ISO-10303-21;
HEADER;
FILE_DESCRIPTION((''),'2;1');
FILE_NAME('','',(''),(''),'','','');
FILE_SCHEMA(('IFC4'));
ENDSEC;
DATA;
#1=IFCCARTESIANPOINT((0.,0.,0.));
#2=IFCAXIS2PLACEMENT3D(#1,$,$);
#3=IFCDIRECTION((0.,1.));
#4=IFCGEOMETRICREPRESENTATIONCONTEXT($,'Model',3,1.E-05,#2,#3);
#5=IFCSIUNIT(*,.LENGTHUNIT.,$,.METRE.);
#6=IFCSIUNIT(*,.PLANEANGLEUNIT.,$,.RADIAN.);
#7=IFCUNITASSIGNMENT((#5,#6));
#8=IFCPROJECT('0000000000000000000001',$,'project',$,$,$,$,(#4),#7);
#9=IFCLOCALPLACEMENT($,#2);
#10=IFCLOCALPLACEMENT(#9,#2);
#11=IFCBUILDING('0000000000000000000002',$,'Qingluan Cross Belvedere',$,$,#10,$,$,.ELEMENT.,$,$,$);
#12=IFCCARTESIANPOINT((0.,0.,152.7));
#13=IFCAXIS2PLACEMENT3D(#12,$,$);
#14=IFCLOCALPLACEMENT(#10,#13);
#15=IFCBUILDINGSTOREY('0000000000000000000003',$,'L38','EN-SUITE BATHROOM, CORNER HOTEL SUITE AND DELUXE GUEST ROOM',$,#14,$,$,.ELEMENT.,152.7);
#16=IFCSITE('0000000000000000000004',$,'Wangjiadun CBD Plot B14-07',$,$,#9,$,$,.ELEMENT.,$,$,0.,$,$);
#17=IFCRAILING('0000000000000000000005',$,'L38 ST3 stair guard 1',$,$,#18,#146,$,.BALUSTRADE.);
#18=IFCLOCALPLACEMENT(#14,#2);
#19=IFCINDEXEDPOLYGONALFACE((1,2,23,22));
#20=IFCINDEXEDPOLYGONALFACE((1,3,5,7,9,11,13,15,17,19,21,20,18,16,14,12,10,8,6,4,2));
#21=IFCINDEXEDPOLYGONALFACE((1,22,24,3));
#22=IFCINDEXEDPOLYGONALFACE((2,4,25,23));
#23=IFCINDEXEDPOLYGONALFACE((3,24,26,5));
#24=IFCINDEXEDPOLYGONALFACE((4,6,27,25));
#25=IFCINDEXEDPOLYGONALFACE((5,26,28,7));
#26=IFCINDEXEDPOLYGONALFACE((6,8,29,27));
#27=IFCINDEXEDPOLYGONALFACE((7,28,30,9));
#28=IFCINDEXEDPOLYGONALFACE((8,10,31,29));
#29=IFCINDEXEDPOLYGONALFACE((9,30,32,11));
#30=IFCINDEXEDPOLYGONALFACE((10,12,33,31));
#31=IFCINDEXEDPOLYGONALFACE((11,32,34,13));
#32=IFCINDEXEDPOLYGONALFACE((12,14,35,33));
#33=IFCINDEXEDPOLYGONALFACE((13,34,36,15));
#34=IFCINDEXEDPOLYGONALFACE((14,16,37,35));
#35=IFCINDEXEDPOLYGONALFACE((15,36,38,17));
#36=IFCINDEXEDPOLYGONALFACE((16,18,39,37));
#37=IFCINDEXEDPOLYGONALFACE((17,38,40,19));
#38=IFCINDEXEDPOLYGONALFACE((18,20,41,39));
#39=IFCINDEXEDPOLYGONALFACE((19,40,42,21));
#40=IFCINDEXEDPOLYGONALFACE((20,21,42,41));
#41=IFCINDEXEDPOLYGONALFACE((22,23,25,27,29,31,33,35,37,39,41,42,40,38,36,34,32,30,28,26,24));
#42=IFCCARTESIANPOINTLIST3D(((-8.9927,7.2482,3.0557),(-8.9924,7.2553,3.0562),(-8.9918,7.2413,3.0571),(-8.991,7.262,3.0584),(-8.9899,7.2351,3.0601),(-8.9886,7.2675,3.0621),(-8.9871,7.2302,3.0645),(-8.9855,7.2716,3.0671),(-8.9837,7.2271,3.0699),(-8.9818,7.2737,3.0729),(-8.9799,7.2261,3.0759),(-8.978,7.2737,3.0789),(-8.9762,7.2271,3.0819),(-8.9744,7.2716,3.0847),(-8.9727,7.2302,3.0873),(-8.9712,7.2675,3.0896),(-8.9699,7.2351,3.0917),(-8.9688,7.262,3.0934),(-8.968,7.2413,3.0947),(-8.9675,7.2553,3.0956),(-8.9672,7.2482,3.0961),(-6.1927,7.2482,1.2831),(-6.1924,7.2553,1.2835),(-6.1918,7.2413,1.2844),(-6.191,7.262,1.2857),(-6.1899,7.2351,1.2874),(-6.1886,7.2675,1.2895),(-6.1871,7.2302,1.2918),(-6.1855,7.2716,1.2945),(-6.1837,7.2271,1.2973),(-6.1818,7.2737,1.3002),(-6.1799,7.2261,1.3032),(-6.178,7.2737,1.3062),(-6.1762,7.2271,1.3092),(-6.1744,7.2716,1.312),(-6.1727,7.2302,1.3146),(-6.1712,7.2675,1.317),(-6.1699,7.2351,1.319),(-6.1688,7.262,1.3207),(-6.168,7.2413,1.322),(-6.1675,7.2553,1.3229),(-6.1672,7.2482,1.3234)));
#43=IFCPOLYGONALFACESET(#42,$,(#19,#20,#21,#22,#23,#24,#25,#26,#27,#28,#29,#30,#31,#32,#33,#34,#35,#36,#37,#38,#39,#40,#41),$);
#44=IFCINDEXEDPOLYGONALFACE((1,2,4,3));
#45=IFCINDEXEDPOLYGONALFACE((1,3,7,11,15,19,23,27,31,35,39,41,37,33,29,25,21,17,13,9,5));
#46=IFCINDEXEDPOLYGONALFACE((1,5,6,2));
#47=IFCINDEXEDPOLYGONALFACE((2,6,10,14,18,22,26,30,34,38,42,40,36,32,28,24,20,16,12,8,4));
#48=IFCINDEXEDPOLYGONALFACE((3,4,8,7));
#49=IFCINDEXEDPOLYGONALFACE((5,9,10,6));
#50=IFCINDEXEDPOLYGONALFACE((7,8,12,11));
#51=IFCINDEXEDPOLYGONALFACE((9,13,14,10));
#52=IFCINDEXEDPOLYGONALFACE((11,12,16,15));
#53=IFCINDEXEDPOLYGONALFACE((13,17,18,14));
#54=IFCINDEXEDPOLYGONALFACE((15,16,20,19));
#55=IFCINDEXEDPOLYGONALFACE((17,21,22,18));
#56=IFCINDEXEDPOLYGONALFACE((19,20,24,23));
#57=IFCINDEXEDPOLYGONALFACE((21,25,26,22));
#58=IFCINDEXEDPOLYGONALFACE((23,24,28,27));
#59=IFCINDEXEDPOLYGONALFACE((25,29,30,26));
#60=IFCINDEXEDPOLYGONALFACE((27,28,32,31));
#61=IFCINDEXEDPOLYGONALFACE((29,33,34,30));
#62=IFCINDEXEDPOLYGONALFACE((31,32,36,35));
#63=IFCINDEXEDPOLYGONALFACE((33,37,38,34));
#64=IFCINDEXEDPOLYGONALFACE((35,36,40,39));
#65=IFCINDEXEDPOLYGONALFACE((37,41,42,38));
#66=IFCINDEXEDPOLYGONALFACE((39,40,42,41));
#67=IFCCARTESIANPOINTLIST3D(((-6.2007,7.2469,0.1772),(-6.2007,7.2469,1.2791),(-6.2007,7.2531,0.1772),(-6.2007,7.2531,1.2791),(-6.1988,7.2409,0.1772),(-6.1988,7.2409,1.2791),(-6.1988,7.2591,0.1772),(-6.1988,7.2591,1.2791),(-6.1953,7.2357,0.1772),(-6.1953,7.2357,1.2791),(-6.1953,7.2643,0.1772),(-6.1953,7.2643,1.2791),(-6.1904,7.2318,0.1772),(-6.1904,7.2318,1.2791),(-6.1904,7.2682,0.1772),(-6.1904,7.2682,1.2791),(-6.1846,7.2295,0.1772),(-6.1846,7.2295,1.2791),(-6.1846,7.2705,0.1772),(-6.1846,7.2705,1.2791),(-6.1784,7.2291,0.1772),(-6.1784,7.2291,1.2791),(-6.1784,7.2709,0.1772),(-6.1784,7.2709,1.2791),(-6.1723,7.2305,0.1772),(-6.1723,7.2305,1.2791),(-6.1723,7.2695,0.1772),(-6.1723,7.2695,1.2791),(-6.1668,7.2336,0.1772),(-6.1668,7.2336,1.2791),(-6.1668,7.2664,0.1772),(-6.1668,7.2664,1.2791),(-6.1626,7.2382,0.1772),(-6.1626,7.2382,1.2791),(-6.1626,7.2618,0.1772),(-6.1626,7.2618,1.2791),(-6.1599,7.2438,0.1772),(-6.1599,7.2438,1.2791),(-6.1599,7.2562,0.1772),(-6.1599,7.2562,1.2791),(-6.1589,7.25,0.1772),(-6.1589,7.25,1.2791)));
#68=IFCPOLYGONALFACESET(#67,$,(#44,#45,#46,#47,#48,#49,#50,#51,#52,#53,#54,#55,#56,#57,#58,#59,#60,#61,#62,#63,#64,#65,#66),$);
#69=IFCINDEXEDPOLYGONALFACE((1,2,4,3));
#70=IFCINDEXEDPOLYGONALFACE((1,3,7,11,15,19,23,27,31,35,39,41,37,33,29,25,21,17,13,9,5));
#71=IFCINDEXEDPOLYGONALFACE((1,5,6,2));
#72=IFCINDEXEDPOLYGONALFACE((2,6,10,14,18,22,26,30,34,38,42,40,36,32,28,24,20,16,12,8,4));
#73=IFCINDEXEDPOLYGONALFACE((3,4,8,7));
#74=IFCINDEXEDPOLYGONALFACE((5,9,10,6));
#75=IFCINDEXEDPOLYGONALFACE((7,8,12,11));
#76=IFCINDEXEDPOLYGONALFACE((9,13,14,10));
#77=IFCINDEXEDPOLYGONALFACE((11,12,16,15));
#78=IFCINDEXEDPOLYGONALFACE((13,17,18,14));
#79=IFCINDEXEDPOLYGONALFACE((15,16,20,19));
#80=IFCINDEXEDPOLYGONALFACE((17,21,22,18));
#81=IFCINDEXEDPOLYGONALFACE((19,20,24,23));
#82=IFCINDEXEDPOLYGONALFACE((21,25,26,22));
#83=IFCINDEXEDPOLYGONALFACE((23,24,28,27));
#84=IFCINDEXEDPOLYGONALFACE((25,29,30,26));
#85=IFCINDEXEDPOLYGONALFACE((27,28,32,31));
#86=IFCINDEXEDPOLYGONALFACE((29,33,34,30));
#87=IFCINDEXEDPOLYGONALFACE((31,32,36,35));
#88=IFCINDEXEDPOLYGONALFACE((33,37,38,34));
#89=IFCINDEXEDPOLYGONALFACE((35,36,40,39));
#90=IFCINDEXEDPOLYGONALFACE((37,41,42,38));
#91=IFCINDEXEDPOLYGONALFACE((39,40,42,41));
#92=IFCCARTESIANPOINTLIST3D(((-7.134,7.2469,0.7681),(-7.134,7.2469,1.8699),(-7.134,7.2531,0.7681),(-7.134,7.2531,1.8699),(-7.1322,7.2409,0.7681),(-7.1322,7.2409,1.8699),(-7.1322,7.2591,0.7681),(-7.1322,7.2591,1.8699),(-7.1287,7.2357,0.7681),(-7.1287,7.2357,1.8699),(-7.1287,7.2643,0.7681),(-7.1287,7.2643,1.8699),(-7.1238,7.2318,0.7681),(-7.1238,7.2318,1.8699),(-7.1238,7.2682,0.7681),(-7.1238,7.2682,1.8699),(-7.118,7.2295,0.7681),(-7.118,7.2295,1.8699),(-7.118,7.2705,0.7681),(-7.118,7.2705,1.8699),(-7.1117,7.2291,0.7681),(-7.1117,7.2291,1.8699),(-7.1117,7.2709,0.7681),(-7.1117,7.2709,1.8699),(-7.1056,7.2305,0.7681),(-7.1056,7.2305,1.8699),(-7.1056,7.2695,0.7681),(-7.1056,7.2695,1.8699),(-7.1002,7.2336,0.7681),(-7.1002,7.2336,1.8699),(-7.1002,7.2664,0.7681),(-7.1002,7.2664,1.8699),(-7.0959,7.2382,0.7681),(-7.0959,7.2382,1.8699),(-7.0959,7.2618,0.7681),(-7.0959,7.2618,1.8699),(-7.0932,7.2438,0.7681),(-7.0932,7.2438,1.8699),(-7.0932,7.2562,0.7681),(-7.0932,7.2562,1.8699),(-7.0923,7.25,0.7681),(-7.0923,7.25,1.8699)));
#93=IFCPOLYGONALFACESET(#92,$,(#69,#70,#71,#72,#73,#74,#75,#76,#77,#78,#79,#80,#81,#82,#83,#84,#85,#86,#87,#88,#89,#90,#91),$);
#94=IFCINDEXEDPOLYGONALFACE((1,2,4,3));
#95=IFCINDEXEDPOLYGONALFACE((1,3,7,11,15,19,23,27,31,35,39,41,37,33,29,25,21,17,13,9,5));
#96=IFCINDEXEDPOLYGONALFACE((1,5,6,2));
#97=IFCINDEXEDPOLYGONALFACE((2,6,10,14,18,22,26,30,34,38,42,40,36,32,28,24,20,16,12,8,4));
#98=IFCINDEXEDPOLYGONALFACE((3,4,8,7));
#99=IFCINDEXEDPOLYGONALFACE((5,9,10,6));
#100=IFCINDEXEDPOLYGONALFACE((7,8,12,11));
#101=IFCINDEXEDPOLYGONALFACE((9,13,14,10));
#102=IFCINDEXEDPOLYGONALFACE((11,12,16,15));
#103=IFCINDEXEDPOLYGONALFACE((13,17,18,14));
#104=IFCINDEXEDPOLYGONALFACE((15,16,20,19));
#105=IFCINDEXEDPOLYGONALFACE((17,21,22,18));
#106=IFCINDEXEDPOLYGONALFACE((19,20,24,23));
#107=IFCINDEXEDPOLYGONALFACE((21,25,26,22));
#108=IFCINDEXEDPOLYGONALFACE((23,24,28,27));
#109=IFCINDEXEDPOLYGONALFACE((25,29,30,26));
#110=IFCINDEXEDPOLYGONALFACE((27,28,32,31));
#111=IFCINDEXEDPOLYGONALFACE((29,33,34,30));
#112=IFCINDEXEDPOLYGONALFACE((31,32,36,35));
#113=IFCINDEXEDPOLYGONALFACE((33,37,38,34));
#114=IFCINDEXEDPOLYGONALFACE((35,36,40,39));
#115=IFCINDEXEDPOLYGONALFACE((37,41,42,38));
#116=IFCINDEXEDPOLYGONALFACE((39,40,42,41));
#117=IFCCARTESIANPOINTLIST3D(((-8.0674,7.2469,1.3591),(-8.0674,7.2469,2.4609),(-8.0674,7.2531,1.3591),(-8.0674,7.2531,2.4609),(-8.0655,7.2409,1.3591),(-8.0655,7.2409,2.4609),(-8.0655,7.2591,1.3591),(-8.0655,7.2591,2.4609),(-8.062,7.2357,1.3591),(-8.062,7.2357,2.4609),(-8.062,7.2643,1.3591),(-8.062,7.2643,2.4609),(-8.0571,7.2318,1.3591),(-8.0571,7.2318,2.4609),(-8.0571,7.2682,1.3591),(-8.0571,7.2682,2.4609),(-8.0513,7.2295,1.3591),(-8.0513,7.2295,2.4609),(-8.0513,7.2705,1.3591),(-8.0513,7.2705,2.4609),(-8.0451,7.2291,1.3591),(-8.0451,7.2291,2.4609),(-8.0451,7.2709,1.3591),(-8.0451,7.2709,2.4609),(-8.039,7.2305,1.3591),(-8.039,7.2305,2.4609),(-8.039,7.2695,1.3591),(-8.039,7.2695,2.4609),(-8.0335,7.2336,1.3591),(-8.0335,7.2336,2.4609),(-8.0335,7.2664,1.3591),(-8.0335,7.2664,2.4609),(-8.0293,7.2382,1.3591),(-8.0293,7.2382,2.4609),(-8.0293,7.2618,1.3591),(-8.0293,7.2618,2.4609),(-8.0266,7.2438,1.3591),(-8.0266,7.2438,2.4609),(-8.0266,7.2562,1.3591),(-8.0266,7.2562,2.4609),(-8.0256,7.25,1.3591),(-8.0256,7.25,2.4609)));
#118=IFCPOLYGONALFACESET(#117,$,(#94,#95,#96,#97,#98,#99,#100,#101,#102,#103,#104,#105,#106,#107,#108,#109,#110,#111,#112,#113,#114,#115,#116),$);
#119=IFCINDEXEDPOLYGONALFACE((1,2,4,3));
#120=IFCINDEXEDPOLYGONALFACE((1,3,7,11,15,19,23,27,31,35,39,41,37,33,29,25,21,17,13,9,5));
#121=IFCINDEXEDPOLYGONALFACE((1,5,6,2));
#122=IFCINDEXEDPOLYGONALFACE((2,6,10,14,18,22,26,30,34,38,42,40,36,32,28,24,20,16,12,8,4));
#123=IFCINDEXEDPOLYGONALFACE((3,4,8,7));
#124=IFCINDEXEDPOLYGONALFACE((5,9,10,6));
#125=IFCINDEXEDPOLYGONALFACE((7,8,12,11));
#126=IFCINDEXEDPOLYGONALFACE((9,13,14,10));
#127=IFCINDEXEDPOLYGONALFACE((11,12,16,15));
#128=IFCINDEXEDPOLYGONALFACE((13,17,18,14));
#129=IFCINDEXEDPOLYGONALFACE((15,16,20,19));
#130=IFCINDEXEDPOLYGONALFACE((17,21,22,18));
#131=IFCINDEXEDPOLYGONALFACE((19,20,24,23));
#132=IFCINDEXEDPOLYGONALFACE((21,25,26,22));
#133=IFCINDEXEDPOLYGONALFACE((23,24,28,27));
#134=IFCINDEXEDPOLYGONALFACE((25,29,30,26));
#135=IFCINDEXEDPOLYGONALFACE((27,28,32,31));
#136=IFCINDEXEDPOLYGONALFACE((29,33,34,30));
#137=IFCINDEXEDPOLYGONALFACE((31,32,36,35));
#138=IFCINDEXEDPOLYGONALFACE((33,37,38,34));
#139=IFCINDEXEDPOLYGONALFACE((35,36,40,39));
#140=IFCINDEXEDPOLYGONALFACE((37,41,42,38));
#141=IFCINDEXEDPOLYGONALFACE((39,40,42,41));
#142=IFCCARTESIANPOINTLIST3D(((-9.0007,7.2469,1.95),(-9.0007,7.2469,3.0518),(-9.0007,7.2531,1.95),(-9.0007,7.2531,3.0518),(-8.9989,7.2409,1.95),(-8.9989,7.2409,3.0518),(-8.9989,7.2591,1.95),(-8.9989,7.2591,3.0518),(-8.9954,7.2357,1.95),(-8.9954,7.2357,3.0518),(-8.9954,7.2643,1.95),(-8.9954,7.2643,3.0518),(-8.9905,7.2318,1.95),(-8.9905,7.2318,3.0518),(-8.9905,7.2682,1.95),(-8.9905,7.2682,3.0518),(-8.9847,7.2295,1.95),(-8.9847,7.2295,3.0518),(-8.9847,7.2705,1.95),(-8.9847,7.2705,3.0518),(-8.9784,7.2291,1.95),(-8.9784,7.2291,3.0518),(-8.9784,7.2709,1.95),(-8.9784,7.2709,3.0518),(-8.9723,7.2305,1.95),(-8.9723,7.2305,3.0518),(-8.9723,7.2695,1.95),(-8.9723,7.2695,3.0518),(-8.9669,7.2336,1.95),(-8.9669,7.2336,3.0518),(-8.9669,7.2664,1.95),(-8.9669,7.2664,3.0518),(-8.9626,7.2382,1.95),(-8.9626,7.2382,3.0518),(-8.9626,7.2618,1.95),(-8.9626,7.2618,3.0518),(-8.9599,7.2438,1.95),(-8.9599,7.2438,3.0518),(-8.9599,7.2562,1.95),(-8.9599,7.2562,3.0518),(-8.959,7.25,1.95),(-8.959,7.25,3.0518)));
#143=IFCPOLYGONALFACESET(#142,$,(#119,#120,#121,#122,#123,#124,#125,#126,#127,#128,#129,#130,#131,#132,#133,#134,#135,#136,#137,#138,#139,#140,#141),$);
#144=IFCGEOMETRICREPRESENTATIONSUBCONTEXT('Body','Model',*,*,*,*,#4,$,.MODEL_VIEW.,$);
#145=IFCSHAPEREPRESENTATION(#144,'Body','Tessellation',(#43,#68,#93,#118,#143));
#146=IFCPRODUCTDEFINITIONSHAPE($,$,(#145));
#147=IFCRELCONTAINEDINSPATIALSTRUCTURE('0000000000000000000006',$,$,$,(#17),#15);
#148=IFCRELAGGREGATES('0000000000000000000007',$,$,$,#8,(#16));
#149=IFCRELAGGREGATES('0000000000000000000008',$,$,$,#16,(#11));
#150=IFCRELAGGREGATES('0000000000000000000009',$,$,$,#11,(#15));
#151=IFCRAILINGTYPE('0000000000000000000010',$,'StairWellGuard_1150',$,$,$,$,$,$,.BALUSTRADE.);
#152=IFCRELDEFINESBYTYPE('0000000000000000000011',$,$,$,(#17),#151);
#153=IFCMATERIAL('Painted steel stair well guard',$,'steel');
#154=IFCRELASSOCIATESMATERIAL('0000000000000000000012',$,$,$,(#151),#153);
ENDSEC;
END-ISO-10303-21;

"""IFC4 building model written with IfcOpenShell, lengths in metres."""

from ifc_helpers import new_model, si_unit, direction, frame, origin, origin_2d, place, context, subcontext, project, spatial, circle, extrude, material, type_object, element, save


model = new_model("IFC4")

# Units and contexts
model_context = context("Model", 3, precision=1e-05, world=origin(), true_north=direction((0.0, 1.0)))
body_context = subcontext(model_context, "Body", "Model", "MODEL_VIEW")
ifc_project = project(units=[si_unit("LENGTHUNIT", "METRE"), si_unit("PLANEANGLEUNIT", "RADIAN")], contexts=[model_context])

# Site, building, storey
site_placement = place(None, origin())
site = spatial("IfcSite", under=ifc_project, at=site_placement, Name="Wangjiadun CBD Plot B14-07", CompositionType="ELEMENT", RefElevation=0.0)
building_placement = place(site_placement, origin())
building = spatial("IfcBuilding", under=site, at=building_placement, Name="Qingluan Cross Belvedere", CompositionType="ELEMENT")
storey_placement = place(building_placement, frame((0.0, 0.0, 152.7)))
storey = spatial("IfcBuildingStorey", under=building, at=storey_placement, Name="L38", Description="EN-SUITE BATHROOM, CORNER HOTEL SUITE AND DELUXE GUEST ROOM", CompositionType="ELEMENT", Elevation=152.7)

# Railing
ifc_material_1 = material(Name="Painted steel stair well guard", Category="steel")
railing_type_1 = type_object("IfcRailingType", Name="StairWellGuard_1150", PredefinedType="BALUSTRADE", material=ifc_material_1)
railing_1_placement = place(storey_placement, frame((-6.1799, 7.25, 0.1772)))
element("IfcRailing", 1, at=railing_1_placement, inside=storey, type_object=railing_type_1, Name="L38 ST3 stair guard 1", PredefinedType="BALUSTRADE", context=body_context, shape_type="SweptSolid", body=[
    extrude(circle(Radius=0.0239, at=origin_2d()), frame((0.0, 0.0, 1.126), z_axis=(-0.844909, 0.0, 0.53491), x_axis=(0.0, -1.0, 0.0)), (0.0, 0.0, 1.0), 3.314),
    extrude(circle(Radius=0.021, at=origin_2d()), origin(), (0.0, 0.0, 1.0), 1.1018),
    extrude(circle(Radius=0.021, at=origin_2d()), frame((-0.9333, 0.0, 0.5908)), (0.0, 0.0, 1.0), 1.1018),
    extrude(circle(Radius=0.021, at=origin_2d()), frame((-1.8667, 0.0, 1.1819)), (0.0, 0.0, 1.0), 1.1018),
    extrude(circle(Radius=0.021, at=origin_2d()), frame((-2.8, 0.0, 1.7727)), (0.0, 0.0, 1.0), 1.1018),
])

save(model, "model.ifc")
